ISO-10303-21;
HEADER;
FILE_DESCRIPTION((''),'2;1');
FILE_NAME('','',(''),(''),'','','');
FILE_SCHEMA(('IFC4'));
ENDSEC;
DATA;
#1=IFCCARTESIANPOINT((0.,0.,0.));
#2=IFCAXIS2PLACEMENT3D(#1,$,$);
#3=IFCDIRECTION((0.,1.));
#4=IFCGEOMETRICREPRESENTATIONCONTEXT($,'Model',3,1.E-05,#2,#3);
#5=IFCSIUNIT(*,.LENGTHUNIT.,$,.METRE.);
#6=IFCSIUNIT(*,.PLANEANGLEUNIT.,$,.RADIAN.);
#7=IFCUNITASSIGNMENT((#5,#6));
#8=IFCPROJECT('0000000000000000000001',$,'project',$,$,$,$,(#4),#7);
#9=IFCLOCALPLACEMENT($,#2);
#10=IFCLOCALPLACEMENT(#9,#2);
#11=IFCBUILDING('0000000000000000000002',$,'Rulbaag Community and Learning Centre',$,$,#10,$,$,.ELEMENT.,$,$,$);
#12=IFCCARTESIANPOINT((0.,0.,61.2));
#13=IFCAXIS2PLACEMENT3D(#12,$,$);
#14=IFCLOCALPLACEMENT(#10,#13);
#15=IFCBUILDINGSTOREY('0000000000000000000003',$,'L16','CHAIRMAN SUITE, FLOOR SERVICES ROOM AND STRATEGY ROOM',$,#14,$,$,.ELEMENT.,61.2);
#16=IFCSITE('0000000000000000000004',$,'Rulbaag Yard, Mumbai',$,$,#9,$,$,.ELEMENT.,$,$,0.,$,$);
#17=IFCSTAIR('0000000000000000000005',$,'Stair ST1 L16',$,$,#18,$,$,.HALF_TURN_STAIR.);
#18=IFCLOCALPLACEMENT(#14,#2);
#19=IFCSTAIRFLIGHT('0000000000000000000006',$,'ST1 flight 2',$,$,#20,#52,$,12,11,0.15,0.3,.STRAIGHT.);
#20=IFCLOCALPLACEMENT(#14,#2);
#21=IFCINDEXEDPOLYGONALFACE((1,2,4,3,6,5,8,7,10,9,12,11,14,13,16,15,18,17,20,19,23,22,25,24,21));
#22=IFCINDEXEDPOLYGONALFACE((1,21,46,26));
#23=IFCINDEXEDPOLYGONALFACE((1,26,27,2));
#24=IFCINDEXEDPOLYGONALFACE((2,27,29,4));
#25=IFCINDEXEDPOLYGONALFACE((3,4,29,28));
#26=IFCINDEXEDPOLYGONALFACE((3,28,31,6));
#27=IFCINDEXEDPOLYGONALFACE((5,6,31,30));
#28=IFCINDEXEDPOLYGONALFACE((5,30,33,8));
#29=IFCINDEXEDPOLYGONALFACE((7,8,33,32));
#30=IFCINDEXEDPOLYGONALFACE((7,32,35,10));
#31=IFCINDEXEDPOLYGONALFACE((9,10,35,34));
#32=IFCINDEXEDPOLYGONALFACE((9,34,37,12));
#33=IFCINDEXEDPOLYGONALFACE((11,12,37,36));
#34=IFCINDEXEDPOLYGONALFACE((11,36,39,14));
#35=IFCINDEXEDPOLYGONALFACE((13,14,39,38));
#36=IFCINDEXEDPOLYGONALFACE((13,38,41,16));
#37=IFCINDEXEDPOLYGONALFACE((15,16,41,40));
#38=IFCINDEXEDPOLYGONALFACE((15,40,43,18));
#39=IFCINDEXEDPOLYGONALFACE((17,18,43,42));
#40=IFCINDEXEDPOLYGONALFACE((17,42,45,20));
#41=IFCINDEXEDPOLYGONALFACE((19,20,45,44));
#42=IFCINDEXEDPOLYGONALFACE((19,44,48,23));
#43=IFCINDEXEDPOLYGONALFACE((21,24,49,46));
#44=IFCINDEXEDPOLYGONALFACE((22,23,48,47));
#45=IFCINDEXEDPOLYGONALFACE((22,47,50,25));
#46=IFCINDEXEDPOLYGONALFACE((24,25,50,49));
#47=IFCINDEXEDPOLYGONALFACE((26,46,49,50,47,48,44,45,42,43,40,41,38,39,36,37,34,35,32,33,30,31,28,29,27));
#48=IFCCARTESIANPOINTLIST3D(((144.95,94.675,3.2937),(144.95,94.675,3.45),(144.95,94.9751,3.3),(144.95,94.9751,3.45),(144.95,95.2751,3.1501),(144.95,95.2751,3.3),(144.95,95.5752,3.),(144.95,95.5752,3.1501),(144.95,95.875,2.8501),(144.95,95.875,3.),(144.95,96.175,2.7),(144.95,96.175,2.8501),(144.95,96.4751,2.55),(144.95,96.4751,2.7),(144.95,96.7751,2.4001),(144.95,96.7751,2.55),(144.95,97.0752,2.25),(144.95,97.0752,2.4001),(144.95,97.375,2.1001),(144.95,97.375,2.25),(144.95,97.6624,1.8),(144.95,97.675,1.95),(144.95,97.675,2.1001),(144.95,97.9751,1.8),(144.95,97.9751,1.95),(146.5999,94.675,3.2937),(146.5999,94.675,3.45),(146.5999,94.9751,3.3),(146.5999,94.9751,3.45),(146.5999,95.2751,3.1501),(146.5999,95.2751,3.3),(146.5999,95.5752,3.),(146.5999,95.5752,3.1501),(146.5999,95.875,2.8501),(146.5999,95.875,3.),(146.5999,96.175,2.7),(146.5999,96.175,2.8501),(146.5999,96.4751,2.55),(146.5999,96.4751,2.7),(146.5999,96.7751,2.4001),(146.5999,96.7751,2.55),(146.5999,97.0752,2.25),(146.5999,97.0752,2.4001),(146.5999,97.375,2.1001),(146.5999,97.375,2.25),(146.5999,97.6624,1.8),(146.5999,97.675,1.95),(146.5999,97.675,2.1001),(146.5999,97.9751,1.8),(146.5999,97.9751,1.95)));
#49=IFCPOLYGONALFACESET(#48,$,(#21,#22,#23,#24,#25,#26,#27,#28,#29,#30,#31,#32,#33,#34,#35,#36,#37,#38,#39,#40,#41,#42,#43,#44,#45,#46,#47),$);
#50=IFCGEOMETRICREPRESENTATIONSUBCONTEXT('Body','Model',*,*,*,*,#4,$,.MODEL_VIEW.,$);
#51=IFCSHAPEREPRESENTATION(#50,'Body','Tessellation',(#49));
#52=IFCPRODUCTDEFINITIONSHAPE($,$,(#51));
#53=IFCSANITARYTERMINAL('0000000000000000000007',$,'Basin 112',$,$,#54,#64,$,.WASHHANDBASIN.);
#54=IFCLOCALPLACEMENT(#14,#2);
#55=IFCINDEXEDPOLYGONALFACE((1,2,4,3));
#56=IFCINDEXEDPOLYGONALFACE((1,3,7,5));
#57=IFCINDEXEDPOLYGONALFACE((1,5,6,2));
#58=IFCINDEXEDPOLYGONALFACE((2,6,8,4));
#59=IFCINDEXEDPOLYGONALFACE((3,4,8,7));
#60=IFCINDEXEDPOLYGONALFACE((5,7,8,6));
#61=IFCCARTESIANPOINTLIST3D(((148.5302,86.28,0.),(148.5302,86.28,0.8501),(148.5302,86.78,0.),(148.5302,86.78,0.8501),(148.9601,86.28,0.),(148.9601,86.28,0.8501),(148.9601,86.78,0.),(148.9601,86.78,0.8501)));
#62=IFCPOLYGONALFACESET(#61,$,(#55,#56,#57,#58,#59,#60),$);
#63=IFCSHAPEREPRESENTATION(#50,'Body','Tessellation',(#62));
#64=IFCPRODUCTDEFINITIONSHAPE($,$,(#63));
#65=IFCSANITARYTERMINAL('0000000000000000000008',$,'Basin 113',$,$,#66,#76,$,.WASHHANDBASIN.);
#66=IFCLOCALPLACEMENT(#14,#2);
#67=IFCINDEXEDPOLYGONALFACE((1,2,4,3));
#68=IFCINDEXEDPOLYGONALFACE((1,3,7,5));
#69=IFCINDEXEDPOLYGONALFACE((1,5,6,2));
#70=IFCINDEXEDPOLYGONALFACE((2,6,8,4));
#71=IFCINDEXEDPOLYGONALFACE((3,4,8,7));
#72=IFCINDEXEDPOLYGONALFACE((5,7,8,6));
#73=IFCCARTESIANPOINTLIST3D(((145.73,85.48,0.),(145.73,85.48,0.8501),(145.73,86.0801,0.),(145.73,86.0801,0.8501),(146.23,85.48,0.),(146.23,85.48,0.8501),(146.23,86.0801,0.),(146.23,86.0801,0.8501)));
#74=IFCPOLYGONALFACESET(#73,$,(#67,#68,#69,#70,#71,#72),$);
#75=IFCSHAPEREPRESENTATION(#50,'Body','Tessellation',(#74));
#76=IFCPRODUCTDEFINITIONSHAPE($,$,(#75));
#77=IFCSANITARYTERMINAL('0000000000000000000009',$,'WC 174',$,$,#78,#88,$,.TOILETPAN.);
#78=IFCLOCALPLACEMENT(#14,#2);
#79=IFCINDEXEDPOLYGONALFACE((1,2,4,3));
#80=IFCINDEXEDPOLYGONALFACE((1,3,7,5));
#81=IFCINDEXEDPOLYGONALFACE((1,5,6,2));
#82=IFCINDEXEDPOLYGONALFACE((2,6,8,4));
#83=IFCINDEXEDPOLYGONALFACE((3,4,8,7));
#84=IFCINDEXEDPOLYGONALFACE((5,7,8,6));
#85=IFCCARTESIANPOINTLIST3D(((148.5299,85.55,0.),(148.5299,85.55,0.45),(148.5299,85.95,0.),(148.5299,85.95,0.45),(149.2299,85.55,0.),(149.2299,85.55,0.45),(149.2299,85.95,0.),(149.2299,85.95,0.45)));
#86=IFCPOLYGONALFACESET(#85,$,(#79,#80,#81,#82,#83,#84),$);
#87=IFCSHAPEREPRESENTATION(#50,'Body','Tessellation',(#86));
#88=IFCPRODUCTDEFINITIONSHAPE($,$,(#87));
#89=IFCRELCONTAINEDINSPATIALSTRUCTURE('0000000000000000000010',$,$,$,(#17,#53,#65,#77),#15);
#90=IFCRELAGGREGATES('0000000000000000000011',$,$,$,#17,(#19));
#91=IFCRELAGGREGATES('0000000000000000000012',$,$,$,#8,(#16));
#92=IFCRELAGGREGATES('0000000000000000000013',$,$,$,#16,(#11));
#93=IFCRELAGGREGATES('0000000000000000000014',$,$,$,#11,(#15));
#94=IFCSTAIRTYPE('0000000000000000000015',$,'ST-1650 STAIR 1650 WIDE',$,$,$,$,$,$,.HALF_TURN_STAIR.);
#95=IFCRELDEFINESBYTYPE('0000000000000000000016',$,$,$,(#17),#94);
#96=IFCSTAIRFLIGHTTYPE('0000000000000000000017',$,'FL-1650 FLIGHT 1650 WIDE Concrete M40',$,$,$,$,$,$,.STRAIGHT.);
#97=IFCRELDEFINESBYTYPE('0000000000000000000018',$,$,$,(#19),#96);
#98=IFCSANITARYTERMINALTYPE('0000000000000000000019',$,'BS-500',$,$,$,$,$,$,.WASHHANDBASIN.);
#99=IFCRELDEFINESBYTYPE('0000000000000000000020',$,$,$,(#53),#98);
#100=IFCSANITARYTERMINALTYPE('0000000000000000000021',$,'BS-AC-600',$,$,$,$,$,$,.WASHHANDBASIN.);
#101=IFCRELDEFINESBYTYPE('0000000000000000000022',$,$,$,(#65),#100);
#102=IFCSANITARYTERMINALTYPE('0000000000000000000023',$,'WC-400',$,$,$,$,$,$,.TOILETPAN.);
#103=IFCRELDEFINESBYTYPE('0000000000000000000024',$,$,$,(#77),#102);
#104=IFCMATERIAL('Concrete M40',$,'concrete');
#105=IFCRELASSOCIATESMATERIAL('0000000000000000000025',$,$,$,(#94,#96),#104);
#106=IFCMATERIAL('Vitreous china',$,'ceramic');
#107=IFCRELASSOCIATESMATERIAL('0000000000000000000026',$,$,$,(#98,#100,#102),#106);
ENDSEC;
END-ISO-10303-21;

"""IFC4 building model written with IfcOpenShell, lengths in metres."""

from ifc_helpers import new_model, si_unit, direction, frame, origin, origin_2d, place, context, subcontext, project, spatial, polyline, rectangle, outline, extrude, material, type_object, element, aggregate, save


model = new_model("IFC4")

# Units and contexts
model_context = context("Model", 3, precision=1e-05, world=origin(), true_north=direction((0.0, 1.0)))
body_context = subcontext(model_context, "Body", "Model", "MODEL_VIEW")
ifc_project = project(units=[si_unit("LENGTHUNIT", "METRE"), si_unit("PLANEANGLEUNIT", "RADIAN")], contexts=[model_context])

# Site, building, storey
site_placement = place(None, origin())
site = spatial("IfcSite", under=ifc_project, at=site_placement, Name="Rulbaag Yard, Mumbai", CompositionType="ELEMENT", RefElevation=0.0)
building_placement = place(site_placement, origin())
building = spatial("IfcBuilding", under=site, at=building_placement, Name="Rulbaag Community and Learning Centre", CompositionType="ELEMENT")
storey_placement = place(building_placement, frame((0.0, 0.0, 61.2)))
storey = spatial("IfcBuildingStorey", under=building, at=storey_placement, Name="L16", Description="CHAIRMAN SUITE, FLOOR SERVICES ROOM AND STRATEGY ROOM", CompositionType="ELEMENT", Elevation=61.2)

# Shared definitions
ifc_material_1 = material(Name="Concrete M40", Category="concrete")

# Stair, stair flight
stair_type = type_object("IfcStairType", Name="ST-1650 STAIR 1650 WIDE", PredefinedType="HALF_TURN_STAIR", material=ifc_material_1)
stair_placement = place(storey_placement, origin())
stair = element("IfcStair", 1, at=stair_placement, inside=storey, type_object=stair_type, Name="Stair ST1 L16", PredefinedType="HALF_TURN_STAIR")
stair_flight_type = type_object("IfcStairFlightType", Name="FL-1650 FLIGHT 1650 WIDE Concrete M40", PredefinedType="STRAIGHT", material=ifc_material_1)
stair_flight_placement = place(storey_placement, frame((145.7749, 97.9751, 1.8), z_axis=(0.0, 0.0, 1.0), x_axis=(0.0, -1.0, 0.0)))
stair_flight = element("IfcStairFlight", 2, at=stair_flight_placement, type_object=stair_flight_type, Name="ST1 flight 2", NumberOfRisers=12, NumberOfTreads=11, PredefinedType="STRAIGHT", RiserHeight=0.15, TreadLength=0.3, context=body_context, shape_type="SweptSolid", body=[
    extrude(outline(polyline([(0.0, 0.0), (0.0, 0.1499), (0.3, 0.1499), (0.3, 0.3), (0.6001, 0.3), (0.6001, 0.45), (0.8999, 0.45), (0.8999, 0.6001), (1.2, 0.6001), (1.2, 0.75), (1.5, 0.75), (1.5, 0.8999), (1.8, 0.8999), (1.8, 1.05), (2.1001, 1.05), (2.1001, 1.2), (2.3999, 1.2), (2.3999, 1.3501), (2.7, 1.3501), (2.7, 1.5), (3.0, 1.5), (3.0, 1.6499), (3.3, 1.6499), (3.3, 1.4937), (0.3127, 0.0), (0.0, 0.0)])), frame((0.0, 0.825, 0.0), z_axis=(0.0, -1.0, 0.0), x_axis=(1.0, 0.0, 0.0)), (0.0, 0.0, 1.0), 1.6499),
])
aggregate(stair, [stair_flight])

# Sanitary terminals
ifc_material_2 = material(Name="Vitreous china", Category="ceramic")
sanitary_terminal_type_1 = type_object("IfcSanitaryTerminalType", Name="BS-500", PredefinedType="WASHHANDBASIN", material=ifc_material_2)
sanitary_terminal_1_placement = place(storey_placement, frame((148.7451, 86.53, 0.0), z_axis=(0.0, 0.0, 1.0), x_axis=(1.0, 0.0, 0.0)))
element("IfcSanitaryTerminal", 3, at=sanitary_terminal_1_placement, inside=storey, type_object=sanitary_terminal_type_1, Name="Basin 112", PredefinedType="WASHHANDBASIN", context=body_context, shape_type="SweptSolid", body=[
    extrude(rectangle(XDim=0.4299, YDim=0.5, at=origin_2d()), origin(), (0.0, 0.0, 1.0), 0.8501),
])
sanitary_terminal_type_2 = type_object("IfcSanitaryTerminalType", Name="BS-AC-600", PredefinedType="WASHHANDBASIN", material=ifc_material_2)
sanitary_terminal_2_placement = place(storey_placement, frame((145.98, 85.78, 0.0), z_axis=(0.0, 0.0, 1.0), x_axis=(1.0, 0.0, 0.0)))
element("IfcSanitaryTerminal", 4, at=sanitary_terminal_2_placement, inside=storey, type_object=sanitary_terminal_type_2, Name="Basin 113", PredefinedType="WASHHANDBASIN", context=body_context, shape_type="SweptSolid", body=[
    extrude(rectangle(XDim=0.5, YDim=0.6001, at=origin_2d()), origin(), (0.0, 0.0, 1.0), 0.8501),
])
sanitary_terminal_type_3 = type_object("IfcSanitaryTerminalType", Name="WC-400", PredefinedType="TOILETPAN", material=ifc_material_2)
sanitary_terminal_3_placement = place(storey_placement, frame((148.8799, 85.75, 0.0), z_axis=(0.0, 0.0, 1.0), x_axis=(1.0, 0.0, 0.0)))
element("IfcSanitaryTerminal", 5, at=sanitary_terminal_3_placement, inside=storey, type_object=sanitary_terminal_type_3, Name="WC 174", PredefinedType="TOILETPAN", context=body_context, shape_type="SweptSolid", body=[
    extrude(rectangle(XDim=0.7, YDim=0.3999, at=origin_2d()), origin(), (0.0, 0.0, 1.0), 0.45),
])

save(model, "model.ifc")
